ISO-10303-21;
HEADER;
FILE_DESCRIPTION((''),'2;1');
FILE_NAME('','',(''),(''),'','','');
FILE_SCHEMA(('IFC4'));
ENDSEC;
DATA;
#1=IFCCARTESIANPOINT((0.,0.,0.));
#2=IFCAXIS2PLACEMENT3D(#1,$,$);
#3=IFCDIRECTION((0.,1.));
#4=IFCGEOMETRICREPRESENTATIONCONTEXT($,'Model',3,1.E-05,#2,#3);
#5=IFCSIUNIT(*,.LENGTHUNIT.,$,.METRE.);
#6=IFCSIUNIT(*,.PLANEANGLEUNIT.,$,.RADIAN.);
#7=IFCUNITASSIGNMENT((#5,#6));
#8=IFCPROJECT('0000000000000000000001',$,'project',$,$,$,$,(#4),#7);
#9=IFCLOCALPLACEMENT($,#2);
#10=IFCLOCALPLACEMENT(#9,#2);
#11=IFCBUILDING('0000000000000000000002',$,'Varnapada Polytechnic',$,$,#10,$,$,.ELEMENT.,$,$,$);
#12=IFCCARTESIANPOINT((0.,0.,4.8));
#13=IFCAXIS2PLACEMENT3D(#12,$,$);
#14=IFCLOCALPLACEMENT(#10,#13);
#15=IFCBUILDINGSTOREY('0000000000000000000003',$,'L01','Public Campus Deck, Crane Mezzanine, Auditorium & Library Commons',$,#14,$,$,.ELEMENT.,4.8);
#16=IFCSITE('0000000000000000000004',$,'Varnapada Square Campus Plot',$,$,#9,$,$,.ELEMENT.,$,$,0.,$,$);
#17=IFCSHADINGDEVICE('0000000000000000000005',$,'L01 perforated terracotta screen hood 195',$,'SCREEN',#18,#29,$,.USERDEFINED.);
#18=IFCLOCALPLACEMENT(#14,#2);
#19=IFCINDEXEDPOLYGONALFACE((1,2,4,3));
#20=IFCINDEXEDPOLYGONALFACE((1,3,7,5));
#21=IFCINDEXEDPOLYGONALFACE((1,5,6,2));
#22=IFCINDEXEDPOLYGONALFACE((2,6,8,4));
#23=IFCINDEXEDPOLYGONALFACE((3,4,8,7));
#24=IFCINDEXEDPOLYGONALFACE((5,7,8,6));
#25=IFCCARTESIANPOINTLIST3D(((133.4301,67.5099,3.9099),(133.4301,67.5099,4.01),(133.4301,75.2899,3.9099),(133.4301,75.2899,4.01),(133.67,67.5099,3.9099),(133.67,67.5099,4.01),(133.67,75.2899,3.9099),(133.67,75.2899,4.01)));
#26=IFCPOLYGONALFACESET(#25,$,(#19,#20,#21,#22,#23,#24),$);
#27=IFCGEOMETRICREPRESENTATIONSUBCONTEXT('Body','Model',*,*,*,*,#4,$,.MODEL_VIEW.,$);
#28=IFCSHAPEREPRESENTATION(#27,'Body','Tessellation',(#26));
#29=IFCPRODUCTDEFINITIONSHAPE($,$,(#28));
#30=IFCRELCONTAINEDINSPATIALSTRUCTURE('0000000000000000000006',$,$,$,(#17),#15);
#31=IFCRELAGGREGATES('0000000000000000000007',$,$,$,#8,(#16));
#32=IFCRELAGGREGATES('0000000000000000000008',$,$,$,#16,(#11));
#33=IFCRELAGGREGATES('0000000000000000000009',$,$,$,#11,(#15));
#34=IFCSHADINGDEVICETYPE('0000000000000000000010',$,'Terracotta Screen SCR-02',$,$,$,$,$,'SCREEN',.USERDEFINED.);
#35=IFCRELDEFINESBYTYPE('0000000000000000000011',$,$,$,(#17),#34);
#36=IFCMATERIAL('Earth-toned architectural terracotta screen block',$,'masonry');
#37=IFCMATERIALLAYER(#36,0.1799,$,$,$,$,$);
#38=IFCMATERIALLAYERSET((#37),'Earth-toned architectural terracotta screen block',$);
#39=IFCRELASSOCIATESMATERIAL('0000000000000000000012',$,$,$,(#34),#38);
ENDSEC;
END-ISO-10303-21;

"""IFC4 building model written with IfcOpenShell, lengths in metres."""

from ifc_helpers import new_model, si_unit, direction, frame, origin, origin_2d, place, context, subcontext, project, spatial, rectangle, extrude, material, layer, layer_set, type_object, element, save


model = new_model("IFC4")

# Units and contexts
model_context = context("Model", 3, precision=1e-05, world=origin(), true_north=direction((0.0, 1.0)))
body_context = subcontext(model_context, "Body", "Model", "MODEL_VIEW")
ifc_project = project(units=[si_unit("LENGTHUNIT", "METRE"), si_unit("PLANEANGLEUNIT", "RADIAN")], contexts=[model_context])

# Site, building, storey
site_placement = place(None, origin())
site = spatial("IfcSite", under=ifc_project, at=site_placement, Name="Varnapada Square Campus Plot", CompositionType="ELEMENT", RefElevation=0.0)
building_placement = place(site_placement, origin())
building = spatial("IfcBuilding", under=site, at=building_placement, Name="Varnapada Polytechnic", CompositionType="ELEMENT")
storey_placement = place(building_placement, frame((0.0, 0.0, 4.8)))
storey = spatial("IfcBuildingStorey", under=building, at=storey_placement, Name="L01", Description="Public Campus Deck, Crane Mezzanine, Auditorium & Library Commons", CompositionType="ELEMENT", Elevation=4.8)

# Shared definitions
ifc_material = material(Name="Earth-toned architectural terracotta screen block", Category="masonry")

# Shading device
ifc_layer_1 = layer(ifc_material, 0.1799)
ifc_layer_set_1 = layer_set([ifc_layer_1], Name="Earth-toned architectural terracotta screen block")
shading_device_type = type_object("IfcShadingDeviceType", Name="Terracotta Screen SCR-02", ElementType="SCREEN", PredefinedType="USERDEFINED", material=ifc_layer_set_1)
shading_device_placement = place(storey_placement, frame((133.55, 71.3999, 3.9099), z_axis=(0.0, 0.0, 1.0), x_axis=(0.0, 1.0, 0.0)))
element("IfcShadingDevice", 1, at=shading_device_placement, inside=storey, type_object=shading_device_type, Name="L01 perforated terracotta screen hood 195", ObjectType="SCREEN", PredefinedType="USERDEFINED", context=body_context, shape_type="SweptSolid", body=[
    extrude(rectangle(XDim=7.78, YDim=0.24, at=origin_2d()), origin(), (0.0, 0.0, 1.0), 0.1001),
])

save(model, "model.ifc")
